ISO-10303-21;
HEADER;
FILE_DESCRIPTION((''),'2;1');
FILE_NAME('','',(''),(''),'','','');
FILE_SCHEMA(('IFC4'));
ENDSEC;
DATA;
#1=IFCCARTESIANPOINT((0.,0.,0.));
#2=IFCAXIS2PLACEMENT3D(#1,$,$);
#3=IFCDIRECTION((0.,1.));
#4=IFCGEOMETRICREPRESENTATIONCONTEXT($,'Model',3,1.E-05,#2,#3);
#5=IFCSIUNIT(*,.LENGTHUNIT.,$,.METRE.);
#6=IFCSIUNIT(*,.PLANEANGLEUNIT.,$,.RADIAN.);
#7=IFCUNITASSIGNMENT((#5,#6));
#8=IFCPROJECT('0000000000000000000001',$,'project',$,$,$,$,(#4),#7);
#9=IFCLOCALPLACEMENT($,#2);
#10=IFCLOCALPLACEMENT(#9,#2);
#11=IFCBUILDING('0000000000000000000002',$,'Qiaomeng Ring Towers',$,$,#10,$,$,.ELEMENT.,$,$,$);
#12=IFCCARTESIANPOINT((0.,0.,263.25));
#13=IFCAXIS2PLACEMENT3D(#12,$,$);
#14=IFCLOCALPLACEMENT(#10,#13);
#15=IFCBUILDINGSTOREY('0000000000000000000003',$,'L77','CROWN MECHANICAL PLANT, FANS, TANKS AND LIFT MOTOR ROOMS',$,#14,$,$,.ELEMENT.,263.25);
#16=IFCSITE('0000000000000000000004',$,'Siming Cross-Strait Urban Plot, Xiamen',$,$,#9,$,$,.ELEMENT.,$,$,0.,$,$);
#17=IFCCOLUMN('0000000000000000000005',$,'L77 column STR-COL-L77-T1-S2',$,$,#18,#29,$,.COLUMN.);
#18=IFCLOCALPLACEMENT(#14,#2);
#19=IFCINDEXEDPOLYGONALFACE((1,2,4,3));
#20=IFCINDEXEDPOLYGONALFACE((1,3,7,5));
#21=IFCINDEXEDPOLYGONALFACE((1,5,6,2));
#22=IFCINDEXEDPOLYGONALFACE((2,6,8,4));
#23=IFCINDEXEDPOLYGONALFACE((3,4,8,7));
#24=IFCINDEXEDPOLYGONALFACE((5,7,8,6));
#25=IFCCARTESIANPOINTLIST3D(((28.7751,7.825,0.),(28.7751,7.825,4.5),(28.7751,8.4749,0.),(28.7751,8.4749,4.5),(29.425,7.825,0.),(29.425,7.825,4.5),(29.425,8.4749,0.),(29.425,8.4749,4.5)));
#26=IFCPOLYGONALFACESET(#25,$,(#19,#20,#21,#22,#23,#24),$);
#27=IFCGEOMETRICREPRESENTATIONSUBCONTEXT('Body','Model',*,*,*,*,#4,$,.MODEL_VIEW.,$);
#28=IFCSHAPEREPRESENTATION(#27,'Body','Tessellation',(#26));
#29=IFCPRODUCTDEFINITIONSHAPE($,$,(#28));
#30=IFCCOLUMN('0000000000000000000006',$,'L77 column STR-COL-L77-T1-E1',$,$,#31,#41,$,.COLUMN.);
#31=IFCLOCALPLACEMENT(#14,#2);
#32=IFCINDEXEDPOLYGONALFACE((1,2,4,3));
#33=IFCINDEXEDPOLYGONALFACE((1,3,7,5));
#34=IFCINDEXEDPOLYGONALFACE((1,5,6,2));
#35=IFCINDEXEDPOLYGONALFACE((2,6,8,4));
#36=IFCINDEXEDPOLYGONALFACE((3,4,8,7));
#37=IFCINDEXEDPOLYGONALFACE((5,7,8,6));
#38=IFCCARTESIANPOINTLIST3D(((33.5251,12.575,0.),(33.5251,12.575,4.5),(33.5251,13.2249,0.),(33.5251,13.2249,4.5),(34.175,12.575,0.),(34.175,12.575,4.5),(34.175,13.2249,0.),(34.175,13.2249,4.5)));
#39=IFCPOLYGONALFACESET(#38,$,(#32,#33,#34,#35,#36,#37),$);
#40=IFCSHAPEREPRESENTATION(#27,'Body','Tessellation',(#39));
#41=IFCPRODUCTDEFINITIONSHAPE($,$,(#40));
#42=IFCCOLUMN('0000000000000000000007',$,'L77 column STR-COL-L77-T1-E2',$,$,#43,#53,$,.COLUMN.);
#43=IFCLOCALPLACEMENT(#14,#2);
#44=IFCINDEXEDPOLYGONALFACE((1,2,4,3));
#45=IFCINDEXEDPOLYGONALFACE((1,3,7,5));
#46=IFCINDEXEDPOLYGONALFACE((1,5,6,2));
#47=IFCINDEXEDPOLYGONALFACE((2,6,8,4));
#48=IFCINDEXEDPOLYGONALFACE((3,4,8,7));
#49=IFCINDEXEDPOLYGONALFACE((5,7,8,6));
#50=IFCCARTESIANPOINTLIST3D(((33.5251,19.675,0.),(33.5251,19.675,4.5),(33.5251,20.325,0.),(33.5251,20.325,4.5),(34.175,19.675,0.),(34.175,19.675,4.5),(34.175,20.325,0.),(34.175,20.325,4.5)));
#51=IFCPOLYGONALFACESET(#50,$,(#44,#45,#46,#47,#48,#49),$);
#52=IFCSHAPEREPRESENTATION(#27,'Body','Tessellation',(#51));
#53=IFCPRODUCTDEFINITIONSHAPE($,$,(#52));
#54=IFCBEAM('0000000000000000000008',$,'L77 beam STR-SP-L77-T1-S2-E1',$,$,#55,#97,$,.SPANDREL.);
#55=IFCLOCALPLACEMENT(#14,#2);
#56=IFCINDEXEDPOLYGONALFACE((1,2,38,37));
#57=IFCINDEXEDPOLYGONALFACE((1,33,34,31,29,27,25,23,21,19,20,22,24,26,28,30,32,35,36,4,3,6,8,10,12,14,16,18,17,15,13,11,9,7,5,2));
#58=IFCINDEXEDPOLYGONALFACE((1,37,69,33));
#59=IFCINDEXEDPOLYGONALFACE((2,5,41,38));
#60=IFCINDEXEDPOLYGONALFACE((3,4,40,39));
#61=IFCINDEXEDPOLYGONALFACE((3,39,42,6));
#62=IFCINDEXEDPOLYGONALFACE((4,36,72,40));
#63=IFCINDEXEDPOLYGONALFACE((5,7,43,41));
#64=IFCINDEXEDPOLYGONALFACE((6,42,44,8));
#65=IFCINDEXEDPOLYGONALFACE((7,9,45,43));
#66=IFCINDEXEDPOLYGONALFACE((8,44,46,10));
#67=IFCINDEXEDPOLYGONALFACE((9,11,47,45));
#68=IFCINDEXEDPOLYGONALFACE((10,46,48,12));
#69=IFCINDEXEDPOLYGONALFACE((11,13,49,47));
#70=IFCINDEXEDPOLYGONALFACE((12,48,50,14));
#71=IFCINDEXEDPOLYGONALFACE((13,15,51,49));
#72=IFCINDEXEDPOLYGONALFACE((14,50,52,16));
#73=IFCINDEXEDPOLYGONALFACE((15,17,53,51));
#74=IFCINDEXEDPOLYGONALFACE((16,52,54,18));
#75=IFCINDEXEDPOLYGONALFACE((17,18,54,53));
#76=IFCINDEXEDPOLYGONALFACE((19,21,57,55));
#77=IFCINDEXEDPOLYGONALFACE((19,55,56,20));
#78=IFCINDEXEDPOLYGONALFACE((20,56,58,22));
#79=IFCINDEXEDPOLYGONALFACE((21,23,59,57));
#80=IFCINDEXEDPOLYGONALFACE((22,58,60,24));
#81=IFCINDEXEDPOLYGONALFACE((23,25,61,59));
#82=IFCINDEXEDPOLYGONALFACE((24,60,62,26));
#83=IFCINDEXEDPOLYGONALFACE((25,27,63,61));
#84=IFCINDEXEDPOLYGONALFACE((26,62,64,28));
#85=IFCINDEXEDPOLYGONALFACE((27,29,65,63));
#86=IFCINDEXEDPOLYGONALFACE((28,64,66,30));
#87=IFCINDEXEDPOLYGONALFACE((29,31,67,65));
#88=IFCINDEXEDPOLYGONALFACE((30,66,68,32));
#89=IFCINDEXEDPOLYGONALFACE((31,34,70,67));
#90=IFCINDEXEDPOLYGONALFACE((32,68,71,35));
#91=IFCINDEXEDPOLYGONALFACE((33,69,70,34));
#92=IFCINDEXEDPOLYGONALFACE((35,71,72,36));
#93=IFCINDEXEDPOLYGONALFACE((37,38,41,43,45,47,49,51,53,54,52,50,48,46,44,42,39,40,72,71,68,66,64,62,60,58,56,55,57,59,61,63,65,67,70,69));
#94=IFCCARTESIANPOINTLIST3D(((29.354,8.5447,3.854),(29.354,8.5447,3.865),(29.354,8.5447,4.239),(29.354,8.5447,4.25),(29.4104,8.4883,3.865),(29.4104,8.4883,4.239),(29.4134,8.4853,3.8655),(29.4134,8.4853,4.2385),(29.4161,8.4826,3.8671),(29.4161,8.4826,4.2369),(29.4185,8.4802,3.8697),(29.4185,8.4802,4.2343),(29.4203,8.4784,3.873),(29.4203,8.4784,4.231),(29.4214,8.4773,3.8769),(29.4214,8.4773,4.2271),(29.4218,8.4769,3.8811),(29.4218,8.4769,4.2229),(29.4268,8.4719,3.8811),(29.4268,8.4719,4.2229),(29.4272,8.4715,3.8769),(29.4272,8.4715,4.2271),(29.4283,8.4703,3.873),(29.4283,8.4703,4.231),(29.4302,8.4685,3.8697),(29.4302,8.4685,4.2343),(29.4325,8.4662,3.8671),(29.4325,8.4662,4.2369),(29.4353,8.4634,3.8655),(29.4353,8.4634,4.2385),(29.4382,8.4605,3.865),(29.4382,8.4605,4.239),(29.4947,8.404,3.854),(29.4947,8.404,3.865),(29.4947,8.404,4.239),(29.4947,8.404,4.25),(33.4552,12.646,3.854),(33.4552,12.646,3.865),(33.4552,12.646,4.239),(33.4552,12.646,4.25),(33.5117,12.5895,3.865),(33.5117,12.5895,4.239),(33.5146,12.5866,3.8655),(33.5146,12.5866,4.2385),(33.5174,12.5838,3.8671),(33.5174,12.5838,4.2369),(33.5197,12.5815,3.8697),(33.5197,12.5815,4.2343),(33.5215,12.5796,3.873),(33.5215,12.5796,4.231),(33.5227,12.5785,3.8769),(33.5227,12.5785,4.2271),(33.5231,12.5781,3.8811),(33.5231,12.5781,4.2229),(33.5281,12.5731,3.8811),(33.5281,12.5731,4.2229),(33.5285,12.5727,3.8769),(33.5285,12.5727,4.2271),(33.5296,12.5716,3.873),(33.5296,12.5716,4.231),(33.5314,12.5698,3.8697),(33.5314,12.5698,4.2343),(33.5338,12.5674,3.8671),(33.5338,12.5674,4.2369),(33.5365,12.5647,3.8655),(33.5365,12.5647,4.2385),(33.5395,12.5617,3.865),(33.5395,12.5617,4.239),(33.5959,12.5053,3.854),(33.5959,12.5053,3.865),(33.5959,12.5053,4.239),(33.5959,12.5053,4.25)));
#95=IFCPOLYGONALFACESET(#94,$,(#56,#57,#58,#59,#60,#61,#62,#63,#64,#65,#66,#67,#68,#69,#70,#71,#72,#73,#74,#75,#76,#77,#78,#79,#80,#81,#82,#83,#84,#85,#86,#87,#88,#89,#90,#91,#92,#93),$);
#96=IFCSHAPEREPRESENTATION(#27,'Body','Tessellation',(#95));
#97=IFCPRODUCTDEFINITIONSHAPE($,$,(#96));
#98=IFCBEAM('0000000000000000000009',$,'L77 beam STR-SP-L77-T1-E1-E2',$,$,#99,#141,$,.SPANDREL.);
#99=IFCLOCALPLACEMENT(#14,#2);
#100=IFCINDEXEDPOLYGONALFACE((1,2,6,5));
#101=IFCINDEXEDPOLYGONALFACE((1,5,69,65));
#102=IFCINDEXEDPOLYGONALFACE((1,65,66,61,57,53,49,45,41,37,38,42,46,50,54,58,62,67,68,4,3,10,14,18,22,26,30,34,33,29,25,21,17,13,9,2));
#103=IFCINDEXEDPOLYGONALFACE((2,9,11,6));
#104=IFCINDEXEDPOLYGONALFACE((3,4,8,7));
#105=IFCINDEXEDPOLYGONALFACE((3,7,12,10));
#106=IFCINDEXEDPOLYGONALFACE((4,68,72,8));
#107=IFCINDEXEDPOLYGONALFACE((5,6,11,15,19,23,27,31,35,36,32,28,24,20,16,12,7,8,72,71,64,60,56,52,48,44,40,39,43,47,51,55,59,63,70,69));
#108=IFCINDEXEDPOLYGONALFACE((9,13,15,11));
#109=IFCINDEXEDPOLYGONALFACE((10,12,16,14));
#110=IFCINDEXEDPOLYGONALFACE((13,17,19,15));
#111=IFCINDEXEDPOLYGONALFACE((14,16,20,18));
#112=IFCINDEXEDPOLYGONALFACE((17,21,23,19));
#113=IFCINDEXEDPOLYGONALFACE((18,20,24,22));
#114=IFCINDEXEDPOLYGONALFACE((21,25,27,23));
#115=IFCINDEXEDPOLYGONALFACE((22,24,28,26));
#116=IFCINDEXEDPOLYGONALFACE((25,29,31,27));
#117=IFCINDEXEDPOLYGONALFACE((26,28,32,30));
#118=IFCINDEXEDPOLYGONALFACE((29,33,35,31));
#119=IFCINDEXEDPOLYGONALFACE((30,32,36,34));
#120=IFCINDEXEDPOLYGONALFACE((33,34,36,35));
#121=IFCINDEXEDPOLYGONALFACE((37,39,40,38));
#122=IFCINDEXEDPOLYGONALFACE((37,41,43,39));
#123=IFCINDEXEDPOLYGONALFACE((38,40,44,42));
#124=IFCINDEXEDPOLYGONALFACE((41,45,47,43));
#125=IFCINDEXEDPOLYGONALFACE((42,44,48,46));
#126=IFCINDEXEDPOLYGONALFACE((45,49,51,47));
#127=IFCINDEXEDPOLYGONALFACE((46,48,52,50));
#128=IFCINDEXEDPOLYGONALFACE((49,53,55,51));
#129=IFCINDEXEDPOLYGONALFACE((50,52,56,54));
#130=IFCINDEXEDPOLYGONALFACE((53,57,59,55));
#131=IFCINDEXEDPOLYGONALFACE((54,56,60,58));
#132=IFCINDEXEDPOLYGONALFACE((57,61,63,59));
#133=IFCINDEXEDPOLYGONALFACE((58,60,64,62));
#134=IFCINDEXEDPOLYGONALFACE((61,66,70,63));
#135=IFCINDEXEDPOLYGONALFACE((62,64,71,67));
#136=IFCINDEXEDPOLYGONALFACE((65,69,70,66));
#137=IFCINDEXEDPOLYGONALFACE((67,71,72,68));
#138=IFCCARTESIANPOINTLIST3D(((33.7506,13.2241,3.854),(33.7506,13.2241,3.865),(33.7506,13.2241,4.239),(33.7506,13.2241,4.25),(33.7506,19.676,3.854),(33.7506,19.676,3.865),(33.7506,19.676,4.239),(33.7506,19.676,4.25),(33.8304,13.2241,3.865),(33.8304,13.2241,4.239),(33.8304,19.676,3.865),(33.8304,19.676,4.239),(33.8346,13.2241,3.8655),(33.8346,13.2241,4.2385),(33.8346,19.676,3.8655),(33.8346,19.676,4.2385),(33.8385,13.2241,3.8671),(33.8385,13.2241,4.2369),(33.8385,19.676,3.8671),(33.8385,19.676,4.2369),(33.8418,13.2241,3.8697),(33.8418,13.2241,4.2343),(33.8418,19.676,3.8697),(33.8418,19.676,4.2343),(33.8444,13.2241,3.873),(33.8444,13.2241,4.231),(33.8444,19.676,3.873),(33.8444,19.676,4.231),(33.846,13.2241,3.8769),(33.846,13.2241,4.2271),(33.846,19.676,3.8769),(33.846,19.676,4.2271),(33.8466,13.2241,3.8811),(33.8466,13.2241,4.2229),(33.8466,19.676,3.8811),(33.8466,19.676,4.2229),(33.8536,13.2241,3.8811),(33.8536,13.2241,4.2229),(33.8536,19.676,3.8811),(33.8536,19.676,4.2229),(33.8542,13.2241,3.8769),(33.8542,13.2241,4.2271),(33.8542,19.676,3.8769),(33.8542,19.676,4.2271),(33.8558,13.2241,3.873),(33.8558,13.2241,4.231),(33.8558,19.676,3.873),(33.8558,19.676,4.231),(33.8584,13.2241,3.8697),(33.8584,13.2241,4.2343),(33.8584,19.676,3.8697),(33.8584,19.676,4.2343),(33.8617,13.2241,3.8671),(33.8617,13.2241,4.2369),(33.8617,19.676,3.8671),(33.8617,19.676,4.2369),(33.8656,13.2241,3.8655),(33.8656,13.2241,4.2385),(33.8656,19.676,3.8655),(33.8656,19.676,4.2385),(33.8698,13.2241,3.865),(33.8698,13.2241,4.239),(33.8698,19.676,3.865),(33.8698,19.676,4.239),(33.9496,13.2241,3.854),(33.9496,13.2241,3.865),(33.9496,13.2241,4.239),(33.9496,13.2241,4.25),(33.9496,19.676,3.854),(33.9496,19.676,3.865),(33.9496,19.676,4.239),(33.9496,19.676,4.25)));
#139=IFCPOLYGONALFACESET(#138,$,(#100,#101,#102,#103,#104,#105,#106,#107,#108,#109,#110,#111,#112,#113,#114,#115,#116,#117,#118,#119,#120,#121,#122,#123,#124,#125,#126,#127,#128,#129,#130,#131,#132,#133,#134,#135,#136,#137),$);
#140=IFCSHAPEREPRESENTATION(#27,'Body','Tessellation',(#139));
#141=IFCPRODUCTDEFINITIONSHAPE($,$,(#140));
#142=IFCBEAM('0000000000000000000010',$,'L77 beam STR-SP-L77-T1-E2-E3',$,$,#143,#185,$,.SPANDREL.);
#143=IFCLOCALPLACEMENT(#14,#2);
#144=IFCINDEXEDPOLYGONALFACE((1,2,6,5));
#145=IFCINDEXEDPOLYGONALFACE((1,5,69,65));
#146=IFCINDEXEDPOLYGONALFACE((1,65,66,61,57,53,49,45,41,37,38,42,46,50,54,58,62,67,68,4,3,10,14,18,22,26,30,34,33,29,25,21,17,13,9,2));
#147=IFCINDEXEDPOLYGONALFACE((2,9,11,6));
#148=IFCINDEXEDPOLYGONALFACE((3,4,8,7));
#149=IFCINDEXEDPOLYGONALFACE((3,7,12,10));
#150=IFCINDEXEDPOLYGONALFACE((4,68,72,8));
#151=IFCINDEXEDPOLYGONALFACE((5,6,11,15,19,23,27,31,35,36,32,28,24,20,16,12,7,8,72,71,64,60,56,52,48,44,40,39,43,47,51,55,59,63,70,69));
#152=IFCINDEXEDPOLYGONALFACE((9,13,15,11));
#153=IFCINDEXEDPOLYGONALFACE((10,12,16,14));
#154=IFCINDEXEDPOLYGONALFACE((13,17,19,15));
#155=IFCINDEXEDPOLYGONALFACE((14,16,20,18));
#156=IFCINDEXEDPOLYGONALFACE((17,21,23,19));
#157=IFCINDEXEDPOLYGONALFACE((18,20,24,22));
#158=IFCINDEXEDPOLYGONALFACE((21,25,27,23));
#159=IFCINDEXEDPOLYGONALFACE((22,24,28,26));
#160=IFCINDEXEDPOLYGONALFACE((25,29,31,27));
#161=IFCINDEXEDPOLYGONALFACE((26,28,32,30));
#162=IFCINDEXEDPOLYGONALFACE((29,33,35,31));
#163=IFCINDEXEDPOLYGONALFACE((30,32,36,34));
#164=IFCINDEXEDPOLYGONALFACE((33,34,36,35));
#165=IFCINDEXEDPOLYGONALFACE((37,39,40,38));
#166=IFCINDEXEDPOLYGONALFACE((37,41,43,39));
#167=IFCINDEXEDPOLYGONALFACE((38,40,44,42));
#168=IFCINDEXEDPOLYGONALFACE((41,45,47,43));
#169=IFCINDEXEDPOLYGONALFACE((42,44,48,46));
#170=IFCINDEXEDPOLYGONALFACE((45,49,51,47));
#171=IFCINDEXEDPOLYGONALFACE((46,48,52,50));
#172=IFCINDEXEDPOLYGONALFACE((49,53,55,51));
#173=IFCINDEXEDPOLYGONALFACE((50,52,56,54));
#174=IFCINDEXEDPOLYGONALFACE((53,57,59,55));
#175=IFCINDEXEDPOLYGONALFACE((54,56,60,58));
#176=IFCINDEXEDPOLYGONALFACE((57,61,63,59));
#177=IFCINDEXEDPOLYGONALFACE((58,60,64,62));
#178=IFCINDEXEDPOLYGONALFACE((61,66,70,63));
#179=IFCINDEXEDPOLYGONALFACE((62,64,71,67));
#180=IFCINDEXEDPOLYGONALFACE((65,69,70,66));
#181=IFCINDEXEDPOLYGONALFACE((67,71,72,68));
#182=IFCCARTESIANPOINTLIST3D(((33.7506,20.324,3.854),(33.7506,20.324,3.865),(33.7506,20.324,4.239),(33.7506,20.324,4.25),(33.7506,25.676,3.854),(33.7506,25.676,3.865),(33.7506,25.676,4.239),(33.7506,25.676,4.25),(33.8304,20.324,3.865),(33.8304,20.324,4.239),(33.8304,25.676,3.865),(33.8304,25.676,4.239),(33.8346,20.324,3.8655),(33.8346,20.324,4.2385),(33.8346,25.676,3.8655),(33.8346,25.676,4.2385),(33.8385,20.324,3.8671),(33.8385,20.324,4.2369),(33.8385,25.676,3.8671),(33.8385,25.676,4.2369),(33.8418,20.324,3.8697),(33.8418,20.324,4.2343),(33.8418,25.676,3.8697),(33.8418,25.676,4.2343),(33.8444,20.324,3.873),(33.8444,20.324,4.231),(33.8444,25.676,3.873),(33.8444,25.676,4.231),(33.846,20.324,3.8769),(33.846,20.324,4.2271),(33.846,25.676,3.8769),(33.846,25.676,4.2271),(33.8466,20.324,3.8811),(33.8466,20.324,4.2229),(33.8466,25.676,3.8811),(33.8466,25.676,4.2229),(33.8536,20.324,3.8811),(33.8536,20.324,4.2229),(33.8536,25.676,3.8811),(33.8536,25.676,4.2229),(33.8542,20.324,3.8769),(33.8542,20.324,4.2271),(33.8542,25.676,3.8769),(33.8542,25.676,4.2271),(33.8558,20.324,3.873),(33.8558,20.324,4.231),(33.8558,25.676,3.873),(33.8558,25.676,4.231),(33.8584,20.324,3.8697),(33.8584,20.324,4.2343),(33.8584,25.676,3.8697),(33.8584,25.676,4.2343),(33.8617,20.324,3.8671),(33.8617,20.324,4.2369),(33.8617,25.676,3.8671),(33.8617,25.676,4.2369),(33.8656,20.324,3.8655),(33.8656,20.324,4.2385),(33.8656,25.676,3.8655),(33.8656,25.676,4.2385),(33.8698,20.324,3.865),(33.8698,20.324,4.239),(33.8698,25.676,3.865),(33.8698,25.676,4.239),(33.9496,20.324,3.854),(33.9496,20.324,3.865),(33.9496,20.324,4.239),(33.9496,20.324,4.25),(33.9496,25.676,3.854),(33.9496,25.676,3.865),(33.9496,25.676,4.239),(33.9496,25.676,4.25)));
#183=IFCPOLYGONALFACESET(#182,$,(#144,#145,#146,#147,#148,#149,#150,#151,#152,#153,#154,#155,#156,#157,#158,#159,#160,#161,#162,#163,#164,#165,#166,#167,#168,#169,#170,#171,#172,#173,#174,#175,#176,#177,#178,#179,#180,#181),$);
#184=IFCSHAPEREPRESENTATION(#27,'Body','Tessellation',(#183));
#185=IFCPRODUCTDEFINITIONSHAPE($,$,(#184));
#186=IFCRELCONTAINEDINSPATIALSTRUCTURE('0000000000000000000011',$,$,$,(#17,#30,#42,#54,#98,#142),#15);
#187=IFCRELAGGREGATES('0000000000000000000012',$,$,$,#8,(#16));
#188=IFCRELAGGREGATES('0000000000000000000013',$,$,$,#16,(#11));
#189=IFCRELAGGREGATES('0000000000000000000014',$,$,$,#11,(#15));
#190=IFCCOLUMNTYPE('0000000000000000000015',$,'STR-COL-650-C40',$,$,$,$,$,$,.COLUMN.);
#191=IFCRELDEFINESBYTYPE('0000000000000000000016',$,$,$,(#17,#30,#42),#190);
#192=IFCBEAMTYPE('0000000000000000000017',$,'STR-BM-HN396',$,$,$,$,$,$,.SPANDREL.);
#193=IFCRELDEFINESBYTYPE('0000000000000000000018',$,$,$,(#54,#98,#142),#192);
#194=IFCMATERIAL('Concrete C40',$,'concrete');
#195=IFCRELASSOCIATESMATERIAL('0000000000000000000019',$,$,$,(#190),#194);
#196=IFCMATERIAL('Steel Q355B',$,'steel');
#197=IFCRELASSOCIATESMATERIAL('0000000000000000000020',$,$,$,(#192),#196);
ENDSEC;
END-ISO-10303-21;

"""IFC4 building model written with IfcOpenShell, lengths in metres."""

from ifc_helpers import new_model, si_unit, direction, frame, origin, origin_2d, place, context, subcontext, project, spatial, rectangle, i_section, extrude, source, transform, mapped, material, material_profile, profile_set, type_object, element, save


model = new_model("IFC4")

# Units and contexts
model_context = context("Model", 3, precision=1e-05, world=origin(), true_north=direction((0.0, 1.0)))
body_context = subcontext(model_context, "Body", "Model", "MODEL_VIEW")
ifc_project = project(units=[si_unit("LENGTHUNIT", "METRE"), si_unit("PLANEANGLEUNIT", "RADIAN")], contexts=[model_context])

# Site, building, storey
site_placement = place(None, origin())
site = spatial("IfcSite", under=ifc_project, at=site_placement, Name="Siming Cross-Strait Urban Plot, Xiamen", CompositionType="ELEMENT", RefElevation=0.0)
building_placement = place(site_placement, origin())
building = spatial("IfcBuilding", under=site, at=building_placement, Name="Qiaomeng Ring Towers", CompositionType="ELEMENT")
storey_placement = place(building_placement, frame((0.0, 0.0, 263.25)))
storey = spatial("IfcBuildingStorey", under=building, at=storey_placement, Name="L77", Description="CROWN MECHANICAL PLANT, FANS, TANKS AND LIFT MOTOR ROOMS", CompositionType="ELEMENT", Elevation=263.25)

# Columns
ifc_material_1 = material(Name="Concrete C40", Category="concrete")
ifc_material_profile_1 = material_profile(ifc_material_1, rectangle(XDim=0.6499, YDim=0.6499, at=origin_2d()), Name="RC COL 650x650")
ifc_profile_set_1 = profile_set([ifc_material_profile_1], Name="Concrete C40")
column_type = type_object("IfcColumnType", Name="STR-COL-650-C40", PredefinedType="COLUMN", material=ifc_profile_set_1)
shared_shape_1 = source(origin(), body_context, "Body", "SweptSolid", [
    extrude(rectangle(XDim=0.6499, YDim=0.6499, at=origin_2d()), origin(), (0.0, 0.0, 1.0), 4.5),
])
for number, where, z_axis, x_axis, name in (
    (1, (29.1001, 8.1499, 0.0), (0.0, 0.0, 1.0), (1.0, 0.0, 0.0), "L77 column STR-COL-L77-T1-S2"),
    (2, (33.8501, 12.8999, 0.0), (0.0, 0.0, 1.0), (1.0, 0.0, 0.0), "L77 column STR-COL-L77-T1-E1"),
    (3, (33.8501, 20.0, 0.0), (0.0, 0.0, 1.0), (1.0, 0.0, 0.0), "L77 column STR-COL-L77-T1-E2"),
):
    element("IfcColumn", number, at=place(storey_placement, frame(where, z_axis=z_axis, x_axis=x_axis)), inside=storey, type_object=column_type, Name=name, PredefinedType="COLUMN", context=body_context, shape_type="MappedRepresentation", body=[
        mapped(shared_shape_1, transform((0.0, 0.0, 0.0), x_axis=(1.0, 0.0, 0.0), y_axis=(0.0, 1.0, 0.0), z_axis=(0.0, 0.0, 1.0), scale=1.0)),
    ])

# Beams
ifc_material_2 = material(Name="Steel Q355B", Category="steel")
ifc_material_profile_2 = material_profile(ifc_material_2, i_section(OverallWidth=0.199, OverallDepth=0.396, WebThickness=0.0071, FlangeThickness=0.011, FilletRadius=0.0161, at=origin_2d()), Name="HN 396x199x7x11")
ifc_profile_set_2 = profile_set([ifc_material_profile_2], Name="Steel Q355B")
beam_type_1 = type_object("IfcBeamType", Name="STR-BM-HN396", PredefinedType="SPANDREL", material=ifc_profile_set_2)
shared_shape_2 = source(origin(), body_context, "Body", "SweptSolid", [
    extrude(i_section(OverallWidth=0.199, OverallDepth=0.396, WebThickness=0.0071, FlangeThickness=0.011, FilletRadius=0.0161, at=origin_2d()), origin(), (0.0, 0.0, 1.0), 5.8),
])
beam_1_placement = place(storey_placement, frame((29.4243, 8.4744, 4.052), z_axis=(0.707107, 0.707107, 0.0), x_axis=(-0.707107, 0.707107, 0.0)))
element("IfcBeam", 4, at=beam_1_placement, inside=storey, type_object=beam_type_1, Name="L77 beam STR-SP-L77-T1-S2-E1", PredefinedType="SPANDREL", context=body_context, shape_type="MappedRepresentation", body=[
    mapped(shared_shape_2, transform((0.0, 0.0, 0.0), x_axis=(1.0, 0.0, 0.0), y_axis=(0.0, 1.0, 0.0), z_axis=(0.0, 0.0, 1.0), scale=1.0)),
])
shared_shape_3 = source(origin(), body_context, "Body", "SweptSolid", [
    extrude(i_section(OverallWidth=0.199, OverallDepth=0.396, WebThickness=0.0071, FlangeThickness=0.011, FilletRadius=0.0161, at=origin_2d()), origin(), (0.0, 0.0, 1.0), 6.4519),
])
beam_2_placement = place(storey_placement, frame((33.8501, 13.2241, 4.052), z_axis=(0.0, 1.0, 0.0), x_axis=(-1.0, 0.0, 0.0)))
element("IfcBeam", 5, at=beam_2_placement, inside=storey, type_object=beam_type_1, Name="L77 beam STR-SP-L77-T1-E1-E2", PredefinedType="SPANDREL", context=body_context, shape_type="MappedRepresentation", body=[
    mapped(shared_shape_3, transform((0.0, 0.0, 0.0), x_axis=(1.0, 0.0, 0.0), y_axis=(0.0, 1.0, 0.0), z_axis=(0.0, 0.0, 1.0), scale=1.0)),
])
shared_shape_4 = source(origin(), body_context, "Body", "SweptSolid", [
    extrude(i_section(OverallWidth=0.199, OverallDepth=0.396, WebThickness=0.0071, FlangeThickness=0.011, FilletRadius=0.0161, at=origin_2d()), origin(), (0.0, 0.0, 1.0), 5.3521),
])
beam_3_placement = place(storey_placement, frame((33.8501, 20.324, 4.052), z_axis=(0.0, 1.0, 0.0), x_axis=(-1.0, 0.0, 0.0)))
element("IfcBeam", 6, at=beam_3_placement, inside=storey, type_object=beam_type_1, Name="L77 beam STR-SP-L77-T1-E2-E3", PredefinedType="SPANDREL", context=body_context, shape_type="MappedRepresentation", body=[
    mapped(shared_shape_4, transform((0.0, 0.0, 0.0), x_axis=(1.0, 0.0, 0.0), y_axis=(0.0, 1.0, 0.0), z_axis=(0.0, 0.0, 1.0), scale=1.0)),
])

save(model, "model.ifc")
